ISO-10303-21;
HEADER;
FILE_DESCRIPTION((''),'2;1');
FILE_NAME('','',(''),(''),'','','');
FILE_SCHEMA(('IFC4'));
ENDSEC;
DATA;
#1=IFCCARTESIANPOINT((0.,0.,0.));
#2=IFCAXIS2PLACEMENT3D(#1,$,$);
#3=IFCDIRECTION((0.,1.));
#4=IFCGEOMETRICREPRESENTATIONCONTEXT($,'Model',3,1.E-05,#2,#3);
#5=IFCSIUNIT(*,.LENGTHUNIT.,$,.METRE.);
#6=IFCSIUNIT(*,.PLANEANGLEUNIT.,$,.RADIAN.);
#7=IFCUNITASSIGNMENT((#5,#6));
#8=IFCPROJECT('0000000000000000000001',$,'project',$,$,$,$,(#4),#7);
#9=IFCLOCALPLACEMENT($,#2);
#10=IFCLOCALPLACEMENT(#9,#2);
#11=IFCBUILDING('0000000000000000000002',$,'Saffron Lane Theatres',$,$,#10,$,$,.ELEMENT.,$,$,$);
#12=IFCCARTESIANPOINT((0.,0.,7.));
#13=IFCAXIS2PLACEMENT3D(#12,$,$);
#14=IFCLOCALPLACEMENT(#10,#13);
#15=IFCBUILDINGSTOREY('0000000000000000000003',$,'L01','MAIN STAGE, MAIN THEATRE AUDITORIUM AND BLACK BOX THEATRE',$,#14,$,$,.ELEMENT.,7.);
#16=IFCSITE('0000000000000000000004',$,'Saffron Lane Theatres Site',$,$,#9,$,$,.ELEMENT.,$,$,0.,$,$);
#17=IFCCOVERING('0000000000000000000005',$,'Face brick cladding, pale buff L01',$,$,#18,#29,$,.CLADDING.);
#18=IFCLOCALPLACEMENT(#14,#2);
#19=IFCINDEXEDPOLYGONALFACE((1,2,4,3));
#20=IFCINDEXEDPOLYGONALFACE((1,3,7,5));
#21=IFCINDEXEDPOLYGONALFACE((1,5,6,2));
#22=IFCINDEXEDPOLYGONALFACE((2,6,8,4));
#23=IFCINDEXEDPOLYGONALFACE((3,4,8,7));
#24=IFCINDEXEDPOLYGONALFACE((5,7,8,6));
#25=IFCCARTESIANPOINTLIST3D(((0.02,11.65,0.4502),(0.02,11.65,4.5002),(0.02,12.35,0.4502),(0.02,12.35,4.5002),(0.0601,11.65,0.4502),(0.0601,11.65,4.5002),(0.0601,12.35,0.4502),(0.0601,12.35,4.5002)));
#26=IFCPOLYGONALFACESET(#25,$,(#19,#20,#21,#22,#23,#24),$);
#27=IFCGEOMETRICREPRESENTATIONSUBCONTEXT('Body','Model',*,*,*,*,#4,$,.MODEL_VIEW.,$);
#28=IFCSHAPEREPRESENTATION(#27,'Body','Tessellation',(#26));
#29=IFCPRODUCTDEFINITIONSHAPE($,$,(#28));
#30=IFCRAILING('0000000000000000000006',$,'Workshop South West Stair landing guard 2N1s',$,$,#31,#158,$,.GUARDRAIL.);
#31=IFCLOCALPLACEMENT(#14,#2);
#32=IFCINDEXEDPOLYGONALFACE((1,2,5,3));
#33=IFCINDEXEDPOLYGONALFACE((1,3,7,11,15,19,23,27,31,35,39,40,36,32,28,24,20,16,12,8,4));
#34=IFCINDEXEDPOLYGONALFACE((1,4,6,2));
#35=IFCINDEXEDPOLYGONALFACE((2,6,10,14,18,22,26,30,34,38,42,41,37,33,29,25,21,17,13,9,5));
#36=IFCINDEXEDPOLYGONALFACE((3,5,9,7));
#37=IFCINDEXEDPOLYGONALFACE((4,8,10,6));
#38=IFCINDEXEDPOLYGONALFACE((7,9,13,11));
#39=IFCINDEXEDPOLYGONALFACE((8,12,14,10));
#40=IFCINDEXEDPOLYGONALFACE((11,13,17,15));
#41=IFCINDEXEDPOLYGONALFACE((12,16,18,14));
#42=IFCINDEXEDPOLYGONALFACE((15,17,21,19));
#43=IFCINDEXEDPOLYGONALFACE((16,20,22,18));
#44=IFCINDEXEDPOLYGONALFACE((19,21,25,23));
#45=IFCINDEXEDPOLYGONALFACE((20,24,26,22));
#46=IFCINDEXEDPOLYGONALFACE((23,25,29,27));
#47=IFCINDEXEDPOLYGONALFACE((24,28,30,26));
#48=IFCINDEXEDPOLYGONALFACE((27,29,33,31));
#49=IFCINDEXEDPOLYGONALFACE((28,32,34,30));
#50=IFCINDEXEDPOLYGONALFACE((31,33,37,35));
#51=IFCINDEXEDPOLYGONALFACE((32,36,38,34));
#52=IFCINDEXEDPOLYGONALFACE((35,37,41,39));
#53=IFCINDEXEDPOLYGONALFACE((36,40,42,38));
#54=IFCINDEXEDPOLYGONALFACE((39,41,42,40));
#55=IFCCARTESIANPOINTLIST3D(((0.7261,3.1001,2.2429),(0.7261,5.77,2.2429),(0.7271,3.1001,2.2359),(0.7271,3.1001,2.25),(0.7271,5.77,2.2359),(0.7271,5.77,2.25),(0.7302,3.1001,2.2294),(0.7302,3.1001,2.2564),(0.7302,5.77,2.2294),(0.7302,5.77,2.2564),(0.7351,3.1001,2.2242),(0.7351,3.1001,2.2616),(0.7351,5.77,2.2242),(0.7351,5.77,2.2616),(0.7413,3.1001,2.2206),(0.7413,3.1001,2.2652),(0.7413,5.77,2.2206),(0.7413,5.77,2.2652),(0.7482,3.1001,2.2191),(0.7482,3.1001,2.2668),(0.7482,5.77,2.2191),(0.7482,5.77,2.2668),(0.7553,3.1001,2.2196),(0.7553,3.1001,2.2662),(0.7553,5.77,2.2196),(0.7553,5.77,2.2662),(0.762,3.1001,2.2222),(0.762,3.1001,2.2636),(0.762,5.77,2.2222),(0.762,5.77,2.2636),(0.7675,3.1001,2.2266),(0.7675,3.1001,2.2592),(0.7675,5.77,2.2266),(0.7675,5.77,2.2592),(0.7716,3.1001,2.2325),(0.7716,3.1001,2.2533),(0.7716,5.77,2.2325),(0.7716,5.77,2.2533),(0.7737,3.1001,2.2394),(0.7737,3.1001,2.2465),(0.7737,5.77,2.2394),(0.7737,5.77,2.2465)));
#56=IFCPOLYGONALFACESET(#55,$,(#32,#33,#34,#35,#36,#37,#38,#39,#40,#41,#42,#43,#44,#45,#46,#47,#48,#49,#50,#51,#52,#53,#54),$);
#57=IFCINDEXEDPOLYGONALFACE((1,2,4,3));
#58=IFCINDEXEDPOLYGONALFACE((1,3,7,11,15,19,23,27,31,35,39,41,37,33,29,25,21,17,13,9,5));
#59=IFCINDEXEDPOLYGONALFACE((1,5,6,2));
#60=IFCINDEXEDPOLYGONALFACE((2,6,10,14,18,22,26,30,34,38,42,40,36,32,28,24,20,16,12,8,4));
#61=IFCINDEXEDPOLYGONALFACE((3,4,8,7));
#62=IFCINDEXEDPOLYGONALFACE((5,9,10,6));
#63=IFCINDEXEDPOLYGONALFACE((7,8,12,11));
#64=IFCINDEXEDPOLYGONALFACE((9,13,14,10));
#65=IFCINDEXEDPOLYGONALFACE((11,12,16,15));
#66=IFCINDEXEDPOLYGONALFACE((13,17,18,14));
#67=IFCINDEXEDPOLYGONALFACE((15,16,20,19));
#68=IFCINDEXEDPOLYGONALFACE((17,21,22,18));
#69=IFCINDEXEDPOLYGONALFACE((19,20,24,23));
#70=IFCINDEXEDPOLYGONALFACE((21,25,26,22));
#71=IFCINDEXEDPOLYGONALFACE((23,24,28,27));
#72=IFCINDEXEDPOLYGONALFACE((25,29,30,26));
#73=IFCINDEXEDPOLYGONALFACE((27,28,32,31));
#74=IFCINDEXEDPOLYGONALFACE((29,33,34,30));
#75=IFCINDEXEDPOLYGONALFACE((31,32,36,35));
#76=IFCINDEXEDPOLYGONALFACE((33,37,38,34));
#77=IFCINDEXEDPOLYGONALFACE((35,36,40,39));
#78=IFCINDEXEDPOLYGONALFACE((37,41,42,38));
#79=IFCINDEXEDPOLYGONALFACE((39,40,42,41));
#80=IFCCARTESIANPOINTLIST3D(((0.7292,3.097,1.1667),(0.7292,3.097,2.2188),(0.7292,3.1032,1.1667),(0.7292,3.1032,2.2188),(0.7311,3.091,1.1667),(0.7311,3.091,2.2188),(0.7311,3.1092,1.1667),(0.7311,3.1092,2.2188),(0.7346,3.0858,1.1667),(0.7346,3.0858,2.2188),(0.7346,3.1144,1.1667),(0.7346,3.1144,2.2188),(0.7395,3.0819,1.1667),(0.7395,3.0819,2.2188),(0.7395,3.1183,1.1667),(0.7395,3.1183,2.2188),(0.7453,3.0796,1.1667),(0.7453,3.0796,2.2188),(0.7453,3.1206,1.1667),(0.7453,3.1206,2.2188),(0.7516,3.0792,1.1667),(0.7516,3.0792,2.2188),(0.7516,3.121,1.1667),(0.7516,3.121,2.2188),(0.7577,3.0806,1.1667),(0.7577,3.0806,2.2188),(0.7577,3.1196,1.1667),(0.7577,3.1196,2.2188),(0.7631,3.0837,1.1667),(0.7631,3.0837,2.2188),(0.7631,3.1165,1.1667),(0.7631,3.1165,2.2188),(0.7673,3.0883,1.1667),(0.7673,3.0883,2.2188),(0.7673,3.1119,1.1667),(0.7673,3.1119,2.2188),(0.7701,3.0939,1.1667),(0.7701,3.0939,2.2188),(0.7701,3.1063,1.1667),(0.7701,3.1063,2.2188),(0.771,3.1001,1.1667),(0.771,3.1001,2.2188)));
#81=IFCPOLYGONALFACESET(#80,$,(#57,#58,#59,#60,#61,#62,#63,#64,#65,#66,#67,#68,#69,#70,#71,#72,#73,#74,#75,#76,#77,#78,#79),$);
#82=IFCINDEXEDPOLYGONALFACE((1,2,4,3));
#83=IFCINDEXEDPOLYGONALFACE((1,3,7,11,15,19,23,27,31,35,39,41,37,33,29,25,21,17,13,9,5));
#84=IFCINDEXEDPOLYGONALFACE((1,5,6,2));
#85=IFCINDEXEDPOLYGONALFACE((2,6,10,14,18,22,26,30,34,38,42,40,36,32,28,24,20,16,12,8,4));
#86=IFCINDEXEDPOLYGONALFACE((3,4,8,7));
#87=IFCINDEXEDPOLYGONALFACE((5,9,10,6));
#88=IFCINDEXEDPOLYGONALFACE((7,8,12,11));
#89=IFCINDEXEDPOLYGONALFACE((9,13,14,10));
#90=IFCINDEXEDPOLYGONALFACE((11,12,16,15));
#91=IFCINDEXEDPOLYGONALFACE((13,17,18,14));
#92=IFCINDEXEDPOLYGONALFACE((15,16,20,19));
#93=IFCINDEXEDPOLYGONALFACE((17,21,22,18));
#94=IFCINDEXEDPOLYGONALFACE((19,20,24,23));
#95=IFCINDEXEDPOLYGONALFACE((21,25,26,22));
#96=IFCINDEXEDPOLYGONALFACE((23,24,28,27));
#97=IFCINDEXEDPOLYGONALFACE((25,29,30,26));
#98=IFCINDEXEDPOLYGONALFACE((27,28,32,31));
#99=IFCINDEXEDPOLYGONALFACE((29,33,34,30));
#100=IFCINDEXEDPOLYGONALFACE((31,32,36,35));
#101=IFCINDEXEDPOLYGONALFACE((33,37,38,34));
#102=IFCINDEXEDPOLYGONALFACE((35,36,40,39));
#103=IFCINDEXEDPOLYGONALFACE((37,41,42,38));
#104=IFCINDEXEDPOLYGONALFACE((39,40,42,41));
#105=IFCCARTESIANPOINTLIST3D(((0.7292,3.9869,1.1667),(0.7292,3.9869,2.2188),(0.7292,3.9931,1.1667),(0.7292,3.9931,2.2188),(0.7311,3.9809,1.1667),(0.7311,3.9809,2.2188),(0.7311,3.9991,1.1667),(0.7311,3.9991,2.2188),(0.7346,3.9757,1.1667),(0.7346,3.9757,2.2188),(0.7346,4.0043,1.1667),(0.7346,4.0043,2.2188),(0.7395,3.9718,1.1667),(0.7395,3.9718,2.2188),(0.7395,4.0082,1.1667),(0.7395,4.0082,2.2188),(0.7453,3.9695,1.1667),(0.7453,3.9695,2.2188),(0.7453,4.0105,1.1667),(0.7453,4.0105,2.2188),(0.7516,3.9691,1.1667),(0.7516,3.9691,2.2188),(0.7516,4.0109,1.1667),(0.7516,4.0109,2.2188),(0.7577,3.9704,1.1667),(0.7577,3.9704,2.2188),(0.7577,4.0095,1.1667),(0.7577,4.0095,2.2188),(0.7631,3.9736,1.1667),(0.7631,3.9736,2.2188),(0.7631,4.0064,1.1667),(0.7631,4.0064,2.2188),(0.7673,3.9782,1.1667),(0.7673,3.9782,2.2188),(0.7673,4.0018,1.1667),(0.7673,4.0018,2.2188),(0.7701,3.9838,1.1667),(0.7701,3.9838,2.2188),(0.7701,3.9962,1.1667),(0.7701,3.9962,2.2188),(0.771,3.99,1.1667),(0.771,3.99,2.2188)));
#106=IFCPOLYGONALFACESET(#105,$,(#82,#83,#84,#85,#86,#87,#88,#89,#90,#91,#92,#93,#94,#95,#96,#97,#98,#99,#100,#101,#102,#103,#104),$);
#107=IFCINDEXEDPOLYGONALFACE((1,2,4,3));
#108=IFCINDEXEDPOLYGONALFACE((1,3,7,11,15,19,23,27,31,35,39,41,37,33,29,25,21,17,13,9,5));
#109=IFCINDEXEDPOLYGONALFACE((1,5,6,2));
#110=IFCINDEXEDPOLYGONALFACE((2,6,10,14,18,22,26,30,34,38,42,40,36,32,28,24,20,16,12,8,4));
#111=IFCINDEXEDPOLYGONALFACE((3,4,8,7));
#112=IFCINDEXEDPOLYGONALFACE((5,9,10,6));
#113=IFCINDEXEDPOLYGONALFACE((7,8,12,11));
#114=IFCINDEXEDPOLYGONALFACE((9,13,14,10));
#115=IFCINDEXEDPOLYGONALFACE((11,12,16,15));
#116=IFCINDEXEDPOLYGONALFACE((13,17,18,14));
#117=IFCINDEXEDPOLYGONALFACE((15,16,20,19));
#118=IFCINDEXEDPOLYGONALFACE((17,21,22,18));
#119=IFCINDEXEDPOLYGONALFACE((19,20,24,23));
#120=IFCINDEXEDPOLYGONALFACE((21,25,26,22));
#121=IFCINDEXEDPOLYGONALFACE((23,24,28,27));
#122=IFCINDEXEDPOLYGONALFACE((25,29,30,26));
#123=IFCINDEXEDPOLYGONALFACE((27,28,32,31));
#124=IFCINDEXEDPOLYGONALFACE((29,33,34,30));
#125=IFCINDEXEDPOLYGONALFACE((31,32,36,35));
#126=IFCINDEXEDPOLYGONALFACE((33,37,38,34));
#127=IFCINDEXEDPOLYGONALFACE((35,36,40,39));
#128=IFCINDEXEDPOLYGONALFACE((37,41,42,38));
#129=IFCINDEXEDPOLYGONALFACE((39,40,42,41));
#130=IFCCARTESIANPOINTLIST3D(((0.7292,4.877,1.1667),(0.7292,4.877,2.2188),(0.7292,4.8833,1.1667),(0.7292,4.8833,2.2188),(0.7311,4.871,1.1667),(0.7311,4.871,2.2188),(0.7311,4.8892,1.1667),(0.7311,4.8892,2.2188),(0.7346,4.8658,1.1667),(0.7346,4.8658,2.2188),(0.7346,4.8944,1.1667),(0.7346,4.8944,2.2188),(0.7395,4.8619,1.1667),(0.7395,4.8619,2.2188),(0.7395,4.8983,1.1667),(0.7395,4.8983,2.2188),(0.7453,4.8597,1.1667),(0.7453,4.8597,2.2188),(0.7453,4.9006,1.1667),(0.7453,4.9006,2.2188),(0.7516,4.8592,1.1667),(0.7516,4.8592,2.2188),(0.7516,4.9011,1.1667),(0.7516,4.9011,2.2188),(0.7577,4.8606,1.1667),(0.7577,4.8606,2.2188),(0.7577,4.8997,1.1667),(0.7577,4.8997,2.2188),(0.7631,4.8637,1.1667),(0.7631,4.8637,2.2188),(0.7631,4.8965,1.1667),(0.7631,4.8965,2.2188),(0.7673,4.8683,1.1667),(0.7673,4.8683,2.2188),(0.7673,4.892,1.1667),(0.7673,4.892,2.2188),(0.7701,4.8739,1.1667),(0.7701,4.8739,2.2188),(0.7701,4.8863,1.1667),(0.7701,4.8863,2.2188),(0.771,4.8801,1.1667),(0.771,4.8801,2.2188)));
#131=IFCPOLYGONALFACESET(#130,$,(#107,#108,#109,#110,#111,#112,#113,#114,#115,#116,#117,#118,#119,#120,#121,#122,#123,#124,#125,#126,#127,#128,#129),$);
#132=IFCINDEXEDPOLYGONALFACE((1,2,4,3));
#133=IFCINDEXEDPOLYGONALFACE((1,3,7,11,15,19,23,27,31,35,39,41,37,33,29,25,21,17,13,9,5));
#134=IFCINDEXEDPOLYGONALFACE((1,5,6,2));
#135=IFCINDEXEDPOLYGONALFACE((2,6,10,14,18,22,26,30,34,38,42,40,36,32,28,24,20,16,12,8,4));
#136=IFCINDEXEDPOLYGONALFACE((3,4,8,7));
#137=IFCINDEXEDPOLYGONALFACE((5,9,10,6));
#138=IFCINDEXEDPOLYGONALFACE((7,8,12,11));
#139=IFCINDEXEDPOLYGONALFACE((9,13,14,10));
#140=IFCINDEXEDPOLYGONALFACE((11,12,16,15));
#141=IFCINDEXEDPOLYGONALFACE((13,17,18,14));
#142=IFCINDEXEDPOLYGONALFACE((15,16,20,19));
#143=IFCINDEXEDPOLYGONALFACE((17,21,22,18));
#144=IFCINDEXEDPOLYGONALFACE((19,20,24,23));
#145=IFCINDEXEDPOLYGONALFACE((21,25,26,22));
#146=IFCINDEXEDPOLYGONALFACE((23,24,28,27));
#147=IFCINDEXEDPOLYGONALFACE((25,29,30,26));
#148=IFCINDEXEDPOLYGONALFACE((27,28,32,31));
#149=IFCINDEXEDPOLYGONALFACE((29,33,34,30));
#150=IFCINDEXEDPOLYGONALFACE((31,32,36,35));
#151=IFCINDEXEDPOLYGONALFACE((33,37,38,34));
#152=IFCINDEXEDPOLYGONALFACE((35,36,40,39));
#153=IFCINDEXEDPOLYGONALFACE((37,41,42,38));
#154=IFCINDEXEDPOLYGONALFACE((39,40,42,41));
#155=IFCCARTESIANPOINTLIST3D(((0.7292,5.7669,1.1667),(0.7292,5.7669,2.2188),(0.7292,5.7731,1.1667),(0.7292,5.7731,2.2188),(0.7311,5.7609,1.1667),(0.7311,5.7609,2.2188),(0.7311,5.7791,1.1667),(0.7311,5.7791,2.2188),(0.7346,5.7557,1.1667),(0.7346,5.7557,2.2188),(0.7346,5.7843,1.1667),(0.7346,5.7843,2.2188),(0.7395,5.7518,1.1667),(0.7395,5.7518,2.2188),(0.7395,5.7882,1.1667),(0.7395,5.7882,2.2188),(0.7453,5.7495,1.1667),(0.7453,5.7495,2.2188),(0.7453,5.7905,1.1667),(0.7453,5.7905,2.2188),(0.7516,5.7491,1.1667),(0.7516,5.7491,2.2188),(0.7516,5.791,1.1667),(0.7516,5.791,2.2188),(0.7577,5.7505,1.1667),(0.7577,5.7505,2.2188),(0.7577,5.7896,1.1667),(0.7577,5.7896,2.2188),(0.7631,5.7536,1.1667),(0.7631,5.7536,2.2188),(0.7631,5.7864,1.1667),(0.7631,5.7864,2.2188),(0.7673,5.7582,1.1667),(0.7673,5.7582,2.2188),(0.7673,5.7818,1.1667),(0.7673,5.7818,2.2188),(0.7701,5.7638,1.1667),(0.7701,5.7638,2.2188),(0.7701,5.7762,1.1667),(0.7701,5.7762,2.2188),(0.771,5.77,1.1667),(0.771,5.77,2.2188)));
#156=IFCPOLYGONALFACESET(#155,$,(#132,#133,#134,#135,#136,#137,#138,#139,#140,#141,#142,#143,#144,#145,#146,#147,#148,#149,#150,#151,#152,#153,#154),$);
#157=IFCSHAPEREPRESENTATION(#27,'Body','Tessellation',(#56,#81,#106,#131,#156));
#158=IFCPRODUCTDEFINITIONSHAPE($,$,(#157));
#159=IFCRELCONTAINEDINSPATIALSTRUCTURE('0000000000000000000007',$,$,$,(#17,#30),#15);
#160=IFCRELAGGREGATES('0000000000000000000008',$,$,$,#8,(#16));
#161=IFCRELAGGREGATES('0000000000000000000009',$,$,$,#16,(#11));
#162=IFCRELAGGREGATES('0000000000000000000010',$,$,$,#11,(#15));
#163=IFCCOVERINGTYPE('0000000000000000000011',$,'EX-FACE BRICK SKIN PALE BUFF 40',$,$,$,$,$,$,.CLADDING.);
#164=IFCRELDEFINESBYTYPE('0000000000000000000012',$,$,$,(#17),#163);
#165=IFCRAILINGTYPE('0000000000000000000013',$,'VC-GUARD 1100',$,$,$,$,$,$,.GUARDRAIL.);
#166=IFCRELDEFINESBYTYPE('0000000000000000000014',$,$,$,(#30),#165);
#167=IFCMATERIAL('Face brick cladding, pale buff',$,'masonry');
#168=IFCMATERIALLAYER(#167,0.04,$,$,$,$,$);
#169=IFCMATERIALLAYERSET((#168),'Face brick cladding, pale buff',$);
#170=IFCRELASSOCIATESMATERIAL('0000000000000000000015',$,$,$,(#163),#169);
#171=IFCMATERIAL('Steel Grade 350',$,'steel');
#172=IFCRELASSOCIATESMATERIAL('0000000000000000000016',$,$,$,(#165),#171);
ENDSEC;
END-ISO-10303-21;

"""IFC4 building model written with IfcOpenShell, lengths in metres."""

from ifc_helpers import new_model, si_unit, direction, frame, origin, origin_2d, place, context, subcontext, project, spatial, rectangle, circle, extrude, material, layer, layer_set, type_object, element, save


model = new_model("IFC4")

# Units and contexts
model_context = context("Model", 3, precision=1e-05, world=origin(), true_north=direction((0.0, 1.0)))
body_context = subcontext(model_context, "Body", "Model", "MODEL_VIEW")
ifc_project = project(units=[si_unit("LENGTHUNIT", "METRE"), si_unit("PLANEANGLEUNIT", "RADIAN")], contexts=[model_context])

# Site, building, storey
site_placement = place(None, origin())
site = spatial("IfcSite", under=ifc_project, at=site_placement, Name="Saffron Lane Theatres Site", CompositionType="ELEMENT", RefElevation=0.0)
building_placement = place(site_placement, origin())
building = spatial("IfcBuilding", under=site, at=building_placement, Name="Saffron Lane Theatres", CompositionType="ELEMENT")
storey_placement = place(building_placement, frame((0.0, 0.0, 7.0)))
storey = spatial("IfcBuildingStorey", under=building, at=storey_placement, Name="L01", Description="MAIN STAGE, MAIN THEATRE AUDITORIUM AND BLACK BOX THEATRE", CompositionType="ELEMENT", Elevation=7.0)

# Covering
ifc_material_1 = material(Name="Face brick cladding, pale buff", Category="masonry")
ifc_layer_1 = layer(ifc_material_1, 0.04)
ifc_layer_set_1 = layer_set([ifc_layer_1], Name="Face brick cladding, pale buff")
covering_type_1 = type_object("IfcCoveringType", Name="EX-FACE BRICK SKIN PALE BUFF 40", PredefinedType="CLADDING", material=ifc_layer_set_1)
covering_1_placement = place(storey_placement, frame((0.04, 12.0, 0.4502), z_axis=(0.0, 0.0, 1.0), x_axis=(0.0, 1.0, 0.0)))
element("IfcCovering", 1, at=covering_1_placement, inside=storey, type_object=covering_type_1, Name="Face brick cladding, pale buff L01", PredefinedType="CLADDING", context=body_context, shape_type="SweptSolid", body=[
    extrude(rectangle(XDim=0.7, YDim=0.04, at=origin_2d()), origin(), (0.0, 0.0, 1.0), 4.05),
])

# Railing
ifc_material_2 = material(Name="Steel Grade 350", Category="steel")
railing_type_1 = type_object("IfcRailingType", Name="VC-GUARD 1100", PredefinedType="GUARDRAIL", material=ifc_material_2)
railing_1_placement = place(storey_placement, frame((0.75, 3.1001, 1.1667)))
element("IfcRailing", 2, at=railing_1_placement, inside=storey, type_object=railing_type_1, Name="Workshop South West Stair landing guard 2N1s", PredefinedType="GUARDRAIL", context=body_context, shape_type="SweptSolid", body=[
    extrude(circle(Radius=0.0239, at=origin_2d()), frame((0.0, 0.0, 1.0762), z_axis=(0.0, 1.0, 0.0), x_axis=(-1.0, 0.0, 0.0)), (0.0, 0.0, 1.0), 2.6699),
    extrude(circle(Radius=0.021, at=origin_2d()), origin(), (0.0, 0.0, 1.0), 1.052),
    extrude(circle(Radius=0.021, at=origin_2d()), frame((0.0, 0.8899, 0.0)), (0.0, 0.0, 1.0), 1.052),
    extrude(circle(Radius=0.021, at=origin_2d()), frame((0.0, 1.78, 0.0)), (0.0, 0.0, 1.0), 1.052),
    extrude(circle(Radius=0.021, at=origin_2d()), frame((0.0, 2.6699, 0.0)), (0.0, 0.0, 1.0), 1.052),
])

save(model, "model.ifc")
